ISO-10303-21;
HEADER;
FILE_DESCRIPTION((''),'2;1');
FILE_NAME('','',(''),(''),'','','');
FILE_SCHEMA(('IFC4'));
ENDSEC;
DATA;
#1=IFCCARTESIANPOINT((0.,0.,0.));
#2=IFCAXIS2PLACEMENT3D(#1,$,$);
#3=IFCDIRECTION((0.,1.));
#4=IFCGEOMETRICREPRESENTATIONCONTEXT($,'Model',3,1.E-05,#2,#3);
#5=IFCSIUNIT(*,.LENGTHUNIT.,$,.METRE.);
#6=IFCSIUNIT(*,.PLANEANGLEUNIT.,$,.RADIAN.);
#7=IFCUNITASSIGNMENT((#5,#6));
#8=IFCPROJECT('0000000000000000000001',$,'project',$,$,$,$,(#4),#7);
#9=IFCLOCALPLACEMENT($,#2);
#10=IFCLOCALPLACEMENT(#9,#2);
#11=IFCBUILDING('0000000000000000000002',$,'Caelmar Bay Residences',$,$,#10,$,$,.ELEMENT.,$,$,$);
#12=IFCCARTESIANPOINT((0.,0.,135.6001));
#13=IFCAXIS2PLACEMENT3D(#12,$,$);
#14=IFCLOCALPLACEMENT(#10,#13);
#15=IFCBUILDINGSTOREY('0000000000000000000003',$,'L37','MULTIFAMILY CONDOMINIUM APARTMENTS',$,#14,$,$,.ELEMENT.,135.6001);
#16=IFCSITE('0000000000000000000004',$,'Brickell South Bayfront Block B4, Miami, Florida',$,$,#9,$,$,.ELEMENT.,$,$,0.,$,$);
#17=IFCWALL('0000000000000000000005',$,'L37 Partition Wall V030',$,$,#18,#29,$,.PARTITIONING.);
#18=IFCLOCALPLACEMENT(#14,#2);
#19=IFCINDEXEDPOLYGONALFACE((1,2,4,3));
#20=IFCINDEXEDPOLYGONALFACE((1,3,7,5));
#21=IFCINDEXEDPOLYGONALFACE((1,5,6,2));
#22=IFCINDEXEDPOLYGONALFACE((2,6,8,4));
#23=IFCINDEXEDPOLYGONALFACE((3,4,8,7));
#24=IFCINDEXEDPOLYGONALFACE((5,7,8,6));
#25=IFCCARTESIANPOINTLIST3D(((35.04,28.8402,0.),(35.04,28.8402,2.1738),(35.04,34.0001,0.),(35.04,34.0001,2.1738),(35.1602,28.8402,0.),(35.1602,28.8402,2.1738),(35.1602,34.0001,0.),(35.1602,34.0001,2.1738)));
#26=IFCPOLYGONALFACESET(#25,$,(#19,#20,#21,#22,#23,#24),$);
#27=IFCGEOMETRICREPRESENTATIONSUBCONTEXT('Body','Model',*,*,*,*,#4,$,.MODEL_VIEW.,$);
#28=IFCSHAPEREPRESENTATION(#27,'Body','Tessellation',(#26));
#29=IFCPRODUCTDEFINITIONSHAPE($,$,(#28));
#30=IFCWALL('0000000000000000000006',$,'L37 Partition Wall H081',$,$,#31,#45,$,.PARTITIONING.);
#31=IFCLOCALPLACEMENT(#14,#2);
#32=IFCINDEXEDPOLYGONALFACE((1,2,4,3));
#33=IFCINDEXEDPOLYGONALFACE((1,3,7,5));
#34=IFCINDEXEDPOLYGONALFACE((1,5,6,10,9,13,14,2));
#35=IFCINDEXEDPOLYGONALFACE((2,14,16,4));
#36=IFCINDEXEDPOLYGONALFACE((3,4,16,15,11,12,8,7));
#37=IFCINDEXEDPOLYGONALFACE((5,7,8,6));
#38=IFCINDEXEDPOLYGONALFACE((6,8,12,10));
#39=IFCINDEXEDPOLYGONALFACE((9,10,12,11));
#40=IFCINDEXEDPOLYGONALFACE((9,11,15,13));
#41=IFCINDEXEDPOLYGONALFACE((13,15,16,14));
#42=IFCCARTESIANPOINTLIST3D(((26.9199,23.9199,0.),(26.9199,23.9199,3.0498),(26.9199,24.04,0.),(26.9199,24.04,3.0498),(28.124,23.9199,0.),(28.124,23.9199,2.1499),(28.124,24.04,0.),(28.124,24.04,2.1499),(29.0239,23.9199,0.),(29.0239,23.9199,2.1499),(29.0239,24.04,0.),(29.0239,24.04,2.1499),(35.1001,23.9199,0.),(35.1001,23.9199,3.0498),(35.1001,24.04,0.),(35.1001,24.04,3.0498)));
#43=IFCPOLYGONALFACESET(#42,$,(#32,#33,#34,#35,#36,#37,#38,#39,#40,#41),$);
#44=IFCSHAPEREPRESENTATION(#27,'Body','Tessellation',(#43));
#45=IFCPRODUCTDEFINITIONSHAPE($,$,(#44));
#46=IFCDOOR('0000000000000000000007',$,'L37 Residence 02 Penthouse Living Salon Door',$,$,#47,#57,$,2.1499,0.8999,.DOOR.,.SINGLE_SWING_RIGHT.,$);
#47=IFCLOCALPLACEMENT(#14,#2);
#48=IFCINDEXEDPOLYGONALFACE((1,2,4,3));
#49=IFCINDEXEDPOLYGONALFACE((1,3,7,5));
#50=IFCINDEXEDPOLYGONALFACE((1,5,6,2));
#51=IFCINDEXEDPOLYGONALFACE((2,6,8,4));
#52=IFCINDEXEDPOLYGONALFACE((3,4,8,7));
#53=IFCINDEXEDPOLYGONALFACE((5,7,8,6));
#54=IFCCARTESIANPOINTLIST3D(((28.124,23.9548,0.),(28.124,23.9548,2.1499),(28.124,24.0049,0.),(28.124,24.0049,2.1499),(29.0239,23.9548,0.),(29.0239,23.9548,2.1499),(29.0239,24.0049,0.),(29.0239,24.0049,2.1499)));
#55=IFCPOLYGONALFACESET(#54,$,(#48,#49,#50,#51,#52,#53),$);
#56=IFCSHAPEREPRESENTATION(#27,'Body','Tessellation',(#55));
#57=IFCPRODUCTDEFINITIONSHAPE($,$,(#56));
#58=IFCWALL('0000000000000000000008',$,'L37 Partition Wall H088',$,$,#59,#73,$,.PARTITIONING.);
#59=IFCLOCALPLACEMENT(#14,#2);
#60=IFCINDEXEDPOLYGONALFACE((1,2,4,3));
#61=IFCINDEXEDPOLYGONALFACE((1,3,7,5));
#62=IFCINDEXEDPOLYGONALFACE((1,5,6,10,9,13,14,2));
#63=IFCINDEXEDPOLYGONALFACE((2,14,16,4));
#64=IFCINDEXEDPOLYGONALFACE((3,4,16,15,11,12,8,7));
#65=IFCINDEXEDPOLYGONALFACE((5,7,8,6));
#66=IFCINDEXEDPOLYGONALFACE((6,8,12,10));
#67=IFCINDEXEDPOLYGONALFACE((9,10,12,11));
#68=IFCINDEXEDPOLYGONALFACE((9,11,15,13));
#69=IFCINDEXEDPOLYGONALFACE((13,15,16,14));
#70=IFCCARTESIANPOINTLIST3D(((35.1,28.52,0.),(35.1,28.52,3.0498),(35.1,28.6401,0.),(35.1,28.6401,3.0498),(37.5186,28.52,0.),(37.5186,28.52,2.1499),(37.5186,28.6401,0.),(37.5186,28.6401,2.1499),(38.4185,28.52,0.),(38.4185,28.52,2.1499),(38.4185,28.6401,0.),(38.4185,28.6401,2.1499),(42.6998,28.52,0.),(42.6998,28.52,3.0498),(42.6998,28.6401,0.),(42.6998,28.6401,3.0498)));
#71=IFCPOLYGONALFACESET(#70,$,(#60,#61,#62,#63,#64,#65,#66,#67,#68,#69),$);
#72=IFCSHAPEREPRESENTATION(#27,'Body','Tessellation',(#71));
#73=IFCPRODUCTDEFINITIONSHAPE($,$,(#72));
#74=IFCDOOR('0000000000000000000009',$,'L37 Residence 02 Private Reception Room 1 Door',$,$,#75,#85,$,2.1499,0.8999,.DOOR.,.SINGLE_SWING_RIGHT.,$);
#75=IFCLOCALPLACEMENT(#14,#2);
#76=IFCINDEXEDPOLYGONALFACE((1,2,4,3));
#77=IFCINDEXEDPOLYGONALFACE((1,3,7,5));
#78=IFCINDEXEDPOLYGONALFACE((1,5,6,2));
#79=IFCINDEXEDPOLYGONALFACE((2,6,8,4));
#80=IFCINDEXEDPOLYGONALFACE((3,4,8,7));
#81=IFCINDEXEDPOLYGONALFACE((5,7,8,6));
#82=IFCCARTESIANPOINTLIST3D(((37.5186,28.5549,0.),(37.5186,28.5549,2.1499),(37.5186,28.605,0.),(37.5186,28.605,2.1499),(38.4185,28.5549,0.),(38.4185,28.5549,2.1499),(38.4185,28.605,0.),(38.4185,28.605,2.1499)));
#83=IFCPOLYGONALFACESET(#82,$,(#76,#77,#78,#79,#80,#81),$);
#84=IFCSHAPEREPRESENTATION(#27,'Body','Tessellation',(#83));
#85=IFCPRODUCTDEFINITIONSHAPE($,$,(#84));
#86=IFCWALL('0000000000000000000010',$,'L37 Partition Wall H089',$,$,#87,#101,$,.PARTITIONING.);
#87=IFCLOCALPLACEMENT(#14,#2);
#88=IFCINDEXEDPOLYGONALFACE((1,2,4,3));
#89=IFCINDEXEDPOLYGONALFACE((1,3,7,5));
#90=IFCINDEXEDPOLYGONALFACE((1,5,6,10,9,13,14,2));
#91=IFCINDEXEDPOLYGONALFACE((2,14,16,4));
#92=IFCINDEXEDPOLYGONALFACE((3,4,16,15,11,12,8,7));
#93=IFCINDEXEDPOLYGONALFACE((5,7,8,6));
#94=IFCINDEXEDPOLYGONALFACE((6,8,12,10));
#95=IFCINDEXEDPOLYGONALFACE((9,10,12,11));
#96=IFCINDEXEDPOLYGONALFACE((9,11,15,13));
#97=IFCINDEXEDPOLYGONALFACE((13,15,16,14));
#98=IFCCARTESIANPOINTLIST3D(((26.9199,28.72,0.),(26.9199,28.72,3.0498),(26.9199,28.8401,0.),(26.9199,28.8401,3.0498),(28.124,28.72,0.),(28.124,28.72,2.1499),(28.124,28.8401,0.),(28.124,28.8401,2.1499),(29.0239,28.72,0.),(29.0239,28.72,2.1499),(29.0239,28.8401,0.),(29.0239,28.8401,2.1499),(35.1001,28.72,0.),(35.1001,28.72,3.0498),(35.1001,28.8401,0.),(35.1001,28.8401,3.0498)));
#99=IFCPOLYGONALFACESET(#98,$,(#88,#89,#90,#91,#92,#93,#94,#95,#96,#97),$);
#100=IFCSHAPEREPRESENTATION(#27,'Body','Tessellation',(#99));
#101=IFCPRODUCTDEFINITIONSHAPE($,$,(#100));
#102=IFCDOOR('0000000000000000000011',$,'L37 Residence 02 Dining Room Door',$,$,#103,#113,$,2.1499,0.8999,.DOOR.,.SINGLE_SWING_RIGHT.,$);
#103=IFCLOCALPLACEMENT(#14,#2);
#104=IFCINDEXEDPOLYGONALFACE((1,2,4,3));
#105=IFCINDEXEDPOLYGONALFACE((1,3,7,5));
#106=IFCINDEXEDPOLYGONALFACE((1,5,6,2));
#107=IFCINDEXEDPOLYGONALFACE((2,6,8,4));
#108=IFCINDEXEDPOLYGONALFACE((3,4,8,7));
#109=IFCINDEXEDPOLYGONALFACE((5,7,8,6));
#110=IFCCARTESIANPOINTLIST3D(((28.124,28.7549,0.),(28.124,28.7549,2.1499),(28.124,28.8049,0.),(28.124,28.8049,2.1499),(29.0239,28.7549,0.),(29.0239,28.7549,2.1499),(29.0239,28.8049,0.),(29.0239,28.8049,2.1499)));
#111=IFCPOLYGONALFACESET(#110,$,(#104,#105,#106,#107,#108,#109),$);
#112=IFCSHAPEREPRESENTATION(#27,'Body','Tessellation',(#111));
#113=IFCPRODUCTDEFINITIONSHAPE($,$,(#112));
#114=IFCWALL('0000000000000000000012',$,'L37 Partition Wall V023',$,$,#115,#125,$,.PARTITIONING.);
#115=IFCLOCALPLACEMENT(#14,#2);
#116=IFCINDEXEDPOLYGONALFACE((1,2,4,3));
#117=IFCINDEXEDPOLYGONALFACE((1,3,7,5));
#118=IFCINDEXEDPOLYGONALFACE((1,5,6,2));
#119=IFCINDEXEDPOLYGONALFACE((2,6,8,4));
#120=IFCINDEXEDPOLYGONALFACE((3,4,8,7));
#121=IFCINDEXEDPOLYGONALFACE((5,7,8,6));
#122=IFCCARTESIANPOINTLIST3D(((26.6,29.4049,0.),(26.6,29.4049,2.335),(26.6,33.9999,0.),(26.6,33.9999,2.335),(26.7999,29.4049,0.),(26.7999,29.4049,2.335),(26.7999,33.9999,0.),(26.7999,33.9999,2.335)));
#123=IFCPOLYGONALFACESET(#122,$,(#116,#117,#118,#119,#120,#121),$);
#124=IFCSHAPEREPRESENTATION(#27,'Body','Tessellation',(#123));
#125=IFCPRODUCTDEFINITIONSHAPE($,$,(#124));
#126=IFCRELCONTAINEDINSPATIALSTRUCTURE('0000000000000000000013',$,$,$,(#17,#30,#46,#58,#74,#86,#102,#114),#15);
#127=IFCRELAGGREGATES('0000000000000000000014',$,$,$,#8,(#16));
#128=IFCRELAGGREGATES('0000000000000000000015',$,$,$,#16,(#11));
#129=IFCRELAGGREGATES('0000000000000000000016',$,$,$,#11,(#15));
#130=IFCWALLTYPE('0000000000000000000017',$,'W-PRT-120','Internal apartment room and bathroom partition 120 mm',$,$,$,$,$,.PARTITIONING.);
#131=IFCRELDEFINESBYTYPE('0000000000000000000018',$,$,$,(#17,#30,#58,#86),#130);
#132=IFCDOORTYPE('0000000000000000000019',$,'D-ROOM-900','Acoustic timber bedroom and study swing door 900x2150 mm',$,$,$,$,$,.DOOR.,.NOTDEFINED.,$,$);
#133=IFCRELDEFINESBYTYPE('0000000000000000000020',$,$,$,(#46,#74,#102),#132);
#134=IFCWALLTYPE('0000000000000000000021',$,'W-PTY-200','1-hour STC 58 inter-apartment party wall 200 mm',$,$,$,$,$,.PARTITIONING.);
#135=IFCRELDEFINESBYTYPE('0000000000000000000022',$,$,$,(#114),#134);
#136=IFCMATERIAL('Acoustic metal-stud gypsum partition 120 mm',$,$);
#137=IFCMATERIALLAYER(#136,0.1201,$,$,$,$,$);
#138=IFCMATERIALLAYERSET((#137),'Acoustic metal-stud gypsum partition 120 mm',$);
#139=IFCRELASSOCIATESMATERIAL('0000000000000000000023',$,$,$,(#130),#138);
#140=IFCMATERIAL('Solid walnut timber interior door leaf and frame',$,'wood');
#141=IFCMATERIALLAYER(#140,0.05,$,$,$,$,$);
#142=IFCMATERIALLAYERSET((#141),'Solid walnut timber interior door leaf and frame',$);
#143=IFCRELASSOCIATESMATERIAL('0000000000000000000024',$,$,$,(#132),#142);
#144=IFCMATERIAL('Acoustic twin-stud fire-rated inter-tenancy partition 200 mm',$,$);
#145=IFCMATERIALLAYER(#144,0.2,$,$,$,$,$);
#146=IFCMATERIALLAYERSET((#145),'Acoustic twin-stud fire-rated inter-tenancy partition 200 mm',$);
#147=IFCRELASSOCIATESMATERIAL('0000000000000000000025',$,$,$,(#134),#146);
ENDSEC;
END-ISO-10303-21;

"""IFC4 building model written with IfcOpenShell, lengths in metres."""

from ifc_helpers import new_model, si_unit, direction, frame, frame_2d, origin, place, context, subcontext, project, spatial, rectangle, extrude, material, layer, layer_set, type_object, element, fill, save


model = new_model("IFC4")

# Units and contexts
model_context = context("Model", 3, precision=1e-05, world=origin(), true_north=direction((0.0, 1.0)))
body_context = subcontext(model_context, "Body", "Model", "MODEL_VIEW")
ifc_project = project(units=[si_unit("LENGTHUNIT", "METRE"), si_unit("PLANEANGLEUNIT", "RADIAN")], contexts=[model_context])

# Site, building, storey
site_placement = place(None, origin())
site = spatial("IfcSite", under=ifc_project, at=site_placement, Name="Brickell South Bayfront Block B4, Miami, Florida", CompositionType="ELEMENT", RefElevation=0.0)
building_placement = place(site_placement, origin())
building = spatial("IfcBuilding", under=site, at=building_placement, Name="Caelmar Bay Residences", CompositionType="ELEMENT")
storey_placement = place(building_placement, frame((0.0, 0.0, 135.6001)))
storey = spatial("IfcBuildingStorey", under=building, at=storey_placement, Name="L37", Description="MULTIFAMILY CONDOMINIUM APARTMENTS", CompositionType="ELEMENT", Elevation=135.6001)

# Shared definitions
ifc_material_1 = material(Name="Acoustic metal-stud gypsum partition 120 mm")
ifc_layer_1 = layer(ifc_material_1, 0.1201)
ifc_layer_set_1 = layer_set([ifc_layer_1], Name="Acoustic metal-stud gypsum partition 120 mm")
wall_type_1 = type_object("IfcWallType", Name="W-PRT-120", Description="Internal apartment room and bathroom partition 120 mm", PredefinedType="PARTITIONING", material=ifc_layer_set_1)
ifc_material_2 = material(Name="Solid walnut timber interior door leaf and frame", Category="wood")
ifc_layer_2 = layer(ifc_material_2, 0.05)
ifc_layer_set_2 = layer_set([ifc_layer_2], Name="Solid walnut timber interior door leaf and frame")
door_type_1 = type_object("IfcDoorType", Name="D-ROOM-900", Description="Acoustic timber bedroom and study swing door 900x2150 mm", OperationType="NOTDEFINED", PredefinedType="DOOR", material=ifc_layer_set_2)

# Wall
wall_1_placement = place(storey_placement, frame((35.1001, 28.8401, 0.0), z_axis=(0.0, 0.0, 1.0), x_axis=(0.0, 1.0, 0.0)))
element("IfcWall", 1, at=wall_1_placement, inside=storey, type_object=wall_type_1, Name="L37 Partition Wall V030", PredefinedType="PARTITIONING", context=body_context, shape_type="SweptSolid", body=[
    extrude(rectangle(XDim=5.1599, YDim=0.1201, at=frame_2d((2.5801, 0.0))), origin(), (0.0, 0.0, 1.0), 2.1738),
])

# Walls, openings, doors
wall_2_placement = place(storey_placement, frame((26.9199, 23.98, 0.0), z_axis=(0.0, 0.0, 1.0), x_axis=(1.0, 0.0, 0.0)))
wall_2 = element("IfcWall", 2, at=wall_2_placement, inside=storey, type_object=wall_type_1, Name="L37 Partition Wall H081", PredefinedType="PARTITIONING", context=body_context, shape_type="SweptSolid", body=[
    extrude(rectangle(XDim=8.1802, YDim=0.1201, at=frame_2d((4.0901, 0.0))), origin(), (0.0, 0.0, 1.0), 3.0498),
])
opening_1_placement = place(wall_2_placement, frame((1.2041, 0.0, 0.0)))
opening_1 = element("IfcOpeningElement", 3, at=opening_1_placement, cuts=wall_2, PredefinedType="OPENING", context=body_context, shape_type="SweptSolid", body=[
    extrude(rectangle(XDim=0.8999, YDim=2.1499, at=frame_2d((0.45, 1.075))), frame((0.0, 0.0701, 0.0), z_axis=(0.0, -1.0, 0.0), x_axis=(1.0, 0.0, 0.0)), (0.0, 0.0, 1.0), 0.1401),
])
door_1_placement = place(opening_1_placement, origin())
door_1 = element("IfcDoor", 4, at=door_1_placement, inside=storey, type_object=door_type_1, Name="L37 Residence 02 Penthouse Living Salon Door", OperationType="SINGLE_SWING_RIGHT", OverallHeight=2.1499, OverallWidth=0.8999, PredefinedType="DOOR", context=body_context, shape_type="SweptSolid", body=[
    extrude(rectangle(XDim=0.8999, YDim=2.1499, at=frame_2d((0.45, 1.075))), frame((0.0, 0.0249, 0.0), z_axis=(0.0, -1.0, 0.0), x_axis=(1.0, 0.0, 0.0)), (0.0, 0.0, 1.0), 0.05),
])
fill(opening_1, door_1)
wall_3_placement = place(storey_placement, frame((35.1001, 28.5801, 0.0), z_axis=(0.0, 0.0, 1.0), x_axis=(1.0, 0.0, 0.0)))
wall_3 = element("IfcWall", 5, at=wall_3_placement, inside=storey, type_object=wall_type_1, Name="L37 Partition Wall H088", PredefinedType="PARTITIONING", context=body_context, shape_type="SweptSolid", body=[
    extrude(rectangle(XDim=7.5999, YDim=0.1201, at=frame_2d((3.7998, 0.0))), origin(), (0.0, 0.0, 1.0), 3.0498),
])
opening_2_placement = place(wall_3_placement, frame((2.4185, 0.0, 0.0)))
opening_2 = element("IfcOpeningElement", 6, at=opening_2_placement, cuts=wall_3, PredefinedType="OPENING", context=body_context, shape_type="SweptSolid", body=[
    extrude(rectangle(XDim=0.8999, YDim=2.1499, at=frame_2d((0.45, 1.075))), frame((0.0, 0.0701, 0.0), z_axis=(0.0, -1.0, 0.0), x_axis=(1.0, 0.0, 0.0)), (0.0, 0.0, 1.0), 0.1401),
])
door_2_placement = place(opening_2_placement, origin())
door_2 = element("IfcDoor", 7, at=door_2_placement, inside=storey, type_object=door_type_1, Name="L37 Residence 02 Private Reception Room 1 Door", OperationType="SINGLE_SWING_RIGHT", OverallHeight=2.1499, OverallWidth=0.8999, PredefinedType="DOOR", context=body_context, shape_type="SweptSolid", body=[
    extrude(rectangle(XDim=0.8999, YDim=2.1499, at=frame_2d((0.45, 1.075))), frame((0.0, 0.0249, 0.0), z_axis=(0.0, -1.0, 0.0), x_axis=(1.0, 0.0, 0.0)), (0.0, 0.0, 1.0), 0.05),
])
fill(opening_2, door_2)
wall_4_placement = place(storey_placement, frame((26.9199, 28.78, 0.0), z_axis=(0.0, 0.0, 1.0), x_axis=(1.0, 0.0, 0.0)))
wall_4 = element("IfcWall", 8, at=wall_4_placement, inside=storey, type_object=wall_type_1, Name="L37 Partition Wall H089", PredefinedType="PARTITIONING", context=body_context, shape_type="SweptSolid", body=[
    extrude(rectangle(XDim=8.1802, YDim=0.1201, at=frame_2d((4.0901, 0.0))), origin(), (0.0, 0.0, 1.0), 3.0498),
])
opening_3_placement = place(wall_4_placement, frame((1.2041, 0.0, 0.0)))
opening_3 = element("IfcOpeningElement", 9, at=opening_3_placement, cuts=wall_4, PredefinedType="OPENING", context=body_context, shape_type="SweptSolid", body=[
    extrude(rectangle(XDim=0.8999, YDim=2.1499, at=frame_2d((0.45, 1.075))), frame((0.0, 0.0701, 0.0), z_axis=(0.0, -1.0, 0.0), x_axis=(1.0, 0.0, 0.0)), (0.0, 0.0, 1.0), 0.1401),
])
door_3_placement = place(opening_3_placement, origin())
door_3 = element("IfcDoor", 10, at=door_3_placement, inside=storey, type_object=door_type_1, Name="L37 Residence 02 Dining Room Door", OperationType="SINGLE_SWING_RIGHT", OverallHeight=2.1499, OverallWidth=0.8999, PredefinedType="DOOR", context=body_context, shape_type="SweptSolid", body=[
    extrude(rectangle(XDim=0.8999, YDim=2.1499, at=frame_2d((0.45, 1.075))), frame((0.0, 0.0249, 0.0), z_axis=(0.0, -1.0, 0.0), x_axis=(1.0, 0.0, 0.0)), (0.0, 0.0, 1.0), 0.05),
])
fill(opening_3, door_3)

# Wall
ifc_material_3 = material(Name="Acoustic twin-stud fire-rated inter-tenancy partition 200 mm")
ifc_layer_3 = layer(ifc_material_3, 0.2)
ifc_layer_set_3 = layer_set([ifc_layer_3], Name="Acoustic twin-stud fire-rated inter-tenancy partition 200 mm")
wall_type_2 = type_object("IfcWallType", Name="W-PTY-200", Description="1-hour STC 58 inter-apartment party wall 200 mm", PredefinedType="PARTITIONING", material=ifc_layer_set_3)
wall_5_placement = place(storey_placement, frame((26.7, 29.405, 0.0), z_axis=(0.0, 0.0, 1.0), x_axis=(0.0, 1.0, 0.0)))
element("IfcWall", 11, at=wall_5_placement, inside=storey, type_object=wall_type_2, Name="L37 Partition Wall V023", PredefinedType="PARTITIONING", context=body_context, shape_type="SweptSolid", body=[
    extrude(rectangle(XDim=4.595, YDim=0.2, at=frame_2d((2.2974, 0.0))), origin(), (0.0, 0.0, 1.0), 2.335),
])

save(model, "model.ifc")
